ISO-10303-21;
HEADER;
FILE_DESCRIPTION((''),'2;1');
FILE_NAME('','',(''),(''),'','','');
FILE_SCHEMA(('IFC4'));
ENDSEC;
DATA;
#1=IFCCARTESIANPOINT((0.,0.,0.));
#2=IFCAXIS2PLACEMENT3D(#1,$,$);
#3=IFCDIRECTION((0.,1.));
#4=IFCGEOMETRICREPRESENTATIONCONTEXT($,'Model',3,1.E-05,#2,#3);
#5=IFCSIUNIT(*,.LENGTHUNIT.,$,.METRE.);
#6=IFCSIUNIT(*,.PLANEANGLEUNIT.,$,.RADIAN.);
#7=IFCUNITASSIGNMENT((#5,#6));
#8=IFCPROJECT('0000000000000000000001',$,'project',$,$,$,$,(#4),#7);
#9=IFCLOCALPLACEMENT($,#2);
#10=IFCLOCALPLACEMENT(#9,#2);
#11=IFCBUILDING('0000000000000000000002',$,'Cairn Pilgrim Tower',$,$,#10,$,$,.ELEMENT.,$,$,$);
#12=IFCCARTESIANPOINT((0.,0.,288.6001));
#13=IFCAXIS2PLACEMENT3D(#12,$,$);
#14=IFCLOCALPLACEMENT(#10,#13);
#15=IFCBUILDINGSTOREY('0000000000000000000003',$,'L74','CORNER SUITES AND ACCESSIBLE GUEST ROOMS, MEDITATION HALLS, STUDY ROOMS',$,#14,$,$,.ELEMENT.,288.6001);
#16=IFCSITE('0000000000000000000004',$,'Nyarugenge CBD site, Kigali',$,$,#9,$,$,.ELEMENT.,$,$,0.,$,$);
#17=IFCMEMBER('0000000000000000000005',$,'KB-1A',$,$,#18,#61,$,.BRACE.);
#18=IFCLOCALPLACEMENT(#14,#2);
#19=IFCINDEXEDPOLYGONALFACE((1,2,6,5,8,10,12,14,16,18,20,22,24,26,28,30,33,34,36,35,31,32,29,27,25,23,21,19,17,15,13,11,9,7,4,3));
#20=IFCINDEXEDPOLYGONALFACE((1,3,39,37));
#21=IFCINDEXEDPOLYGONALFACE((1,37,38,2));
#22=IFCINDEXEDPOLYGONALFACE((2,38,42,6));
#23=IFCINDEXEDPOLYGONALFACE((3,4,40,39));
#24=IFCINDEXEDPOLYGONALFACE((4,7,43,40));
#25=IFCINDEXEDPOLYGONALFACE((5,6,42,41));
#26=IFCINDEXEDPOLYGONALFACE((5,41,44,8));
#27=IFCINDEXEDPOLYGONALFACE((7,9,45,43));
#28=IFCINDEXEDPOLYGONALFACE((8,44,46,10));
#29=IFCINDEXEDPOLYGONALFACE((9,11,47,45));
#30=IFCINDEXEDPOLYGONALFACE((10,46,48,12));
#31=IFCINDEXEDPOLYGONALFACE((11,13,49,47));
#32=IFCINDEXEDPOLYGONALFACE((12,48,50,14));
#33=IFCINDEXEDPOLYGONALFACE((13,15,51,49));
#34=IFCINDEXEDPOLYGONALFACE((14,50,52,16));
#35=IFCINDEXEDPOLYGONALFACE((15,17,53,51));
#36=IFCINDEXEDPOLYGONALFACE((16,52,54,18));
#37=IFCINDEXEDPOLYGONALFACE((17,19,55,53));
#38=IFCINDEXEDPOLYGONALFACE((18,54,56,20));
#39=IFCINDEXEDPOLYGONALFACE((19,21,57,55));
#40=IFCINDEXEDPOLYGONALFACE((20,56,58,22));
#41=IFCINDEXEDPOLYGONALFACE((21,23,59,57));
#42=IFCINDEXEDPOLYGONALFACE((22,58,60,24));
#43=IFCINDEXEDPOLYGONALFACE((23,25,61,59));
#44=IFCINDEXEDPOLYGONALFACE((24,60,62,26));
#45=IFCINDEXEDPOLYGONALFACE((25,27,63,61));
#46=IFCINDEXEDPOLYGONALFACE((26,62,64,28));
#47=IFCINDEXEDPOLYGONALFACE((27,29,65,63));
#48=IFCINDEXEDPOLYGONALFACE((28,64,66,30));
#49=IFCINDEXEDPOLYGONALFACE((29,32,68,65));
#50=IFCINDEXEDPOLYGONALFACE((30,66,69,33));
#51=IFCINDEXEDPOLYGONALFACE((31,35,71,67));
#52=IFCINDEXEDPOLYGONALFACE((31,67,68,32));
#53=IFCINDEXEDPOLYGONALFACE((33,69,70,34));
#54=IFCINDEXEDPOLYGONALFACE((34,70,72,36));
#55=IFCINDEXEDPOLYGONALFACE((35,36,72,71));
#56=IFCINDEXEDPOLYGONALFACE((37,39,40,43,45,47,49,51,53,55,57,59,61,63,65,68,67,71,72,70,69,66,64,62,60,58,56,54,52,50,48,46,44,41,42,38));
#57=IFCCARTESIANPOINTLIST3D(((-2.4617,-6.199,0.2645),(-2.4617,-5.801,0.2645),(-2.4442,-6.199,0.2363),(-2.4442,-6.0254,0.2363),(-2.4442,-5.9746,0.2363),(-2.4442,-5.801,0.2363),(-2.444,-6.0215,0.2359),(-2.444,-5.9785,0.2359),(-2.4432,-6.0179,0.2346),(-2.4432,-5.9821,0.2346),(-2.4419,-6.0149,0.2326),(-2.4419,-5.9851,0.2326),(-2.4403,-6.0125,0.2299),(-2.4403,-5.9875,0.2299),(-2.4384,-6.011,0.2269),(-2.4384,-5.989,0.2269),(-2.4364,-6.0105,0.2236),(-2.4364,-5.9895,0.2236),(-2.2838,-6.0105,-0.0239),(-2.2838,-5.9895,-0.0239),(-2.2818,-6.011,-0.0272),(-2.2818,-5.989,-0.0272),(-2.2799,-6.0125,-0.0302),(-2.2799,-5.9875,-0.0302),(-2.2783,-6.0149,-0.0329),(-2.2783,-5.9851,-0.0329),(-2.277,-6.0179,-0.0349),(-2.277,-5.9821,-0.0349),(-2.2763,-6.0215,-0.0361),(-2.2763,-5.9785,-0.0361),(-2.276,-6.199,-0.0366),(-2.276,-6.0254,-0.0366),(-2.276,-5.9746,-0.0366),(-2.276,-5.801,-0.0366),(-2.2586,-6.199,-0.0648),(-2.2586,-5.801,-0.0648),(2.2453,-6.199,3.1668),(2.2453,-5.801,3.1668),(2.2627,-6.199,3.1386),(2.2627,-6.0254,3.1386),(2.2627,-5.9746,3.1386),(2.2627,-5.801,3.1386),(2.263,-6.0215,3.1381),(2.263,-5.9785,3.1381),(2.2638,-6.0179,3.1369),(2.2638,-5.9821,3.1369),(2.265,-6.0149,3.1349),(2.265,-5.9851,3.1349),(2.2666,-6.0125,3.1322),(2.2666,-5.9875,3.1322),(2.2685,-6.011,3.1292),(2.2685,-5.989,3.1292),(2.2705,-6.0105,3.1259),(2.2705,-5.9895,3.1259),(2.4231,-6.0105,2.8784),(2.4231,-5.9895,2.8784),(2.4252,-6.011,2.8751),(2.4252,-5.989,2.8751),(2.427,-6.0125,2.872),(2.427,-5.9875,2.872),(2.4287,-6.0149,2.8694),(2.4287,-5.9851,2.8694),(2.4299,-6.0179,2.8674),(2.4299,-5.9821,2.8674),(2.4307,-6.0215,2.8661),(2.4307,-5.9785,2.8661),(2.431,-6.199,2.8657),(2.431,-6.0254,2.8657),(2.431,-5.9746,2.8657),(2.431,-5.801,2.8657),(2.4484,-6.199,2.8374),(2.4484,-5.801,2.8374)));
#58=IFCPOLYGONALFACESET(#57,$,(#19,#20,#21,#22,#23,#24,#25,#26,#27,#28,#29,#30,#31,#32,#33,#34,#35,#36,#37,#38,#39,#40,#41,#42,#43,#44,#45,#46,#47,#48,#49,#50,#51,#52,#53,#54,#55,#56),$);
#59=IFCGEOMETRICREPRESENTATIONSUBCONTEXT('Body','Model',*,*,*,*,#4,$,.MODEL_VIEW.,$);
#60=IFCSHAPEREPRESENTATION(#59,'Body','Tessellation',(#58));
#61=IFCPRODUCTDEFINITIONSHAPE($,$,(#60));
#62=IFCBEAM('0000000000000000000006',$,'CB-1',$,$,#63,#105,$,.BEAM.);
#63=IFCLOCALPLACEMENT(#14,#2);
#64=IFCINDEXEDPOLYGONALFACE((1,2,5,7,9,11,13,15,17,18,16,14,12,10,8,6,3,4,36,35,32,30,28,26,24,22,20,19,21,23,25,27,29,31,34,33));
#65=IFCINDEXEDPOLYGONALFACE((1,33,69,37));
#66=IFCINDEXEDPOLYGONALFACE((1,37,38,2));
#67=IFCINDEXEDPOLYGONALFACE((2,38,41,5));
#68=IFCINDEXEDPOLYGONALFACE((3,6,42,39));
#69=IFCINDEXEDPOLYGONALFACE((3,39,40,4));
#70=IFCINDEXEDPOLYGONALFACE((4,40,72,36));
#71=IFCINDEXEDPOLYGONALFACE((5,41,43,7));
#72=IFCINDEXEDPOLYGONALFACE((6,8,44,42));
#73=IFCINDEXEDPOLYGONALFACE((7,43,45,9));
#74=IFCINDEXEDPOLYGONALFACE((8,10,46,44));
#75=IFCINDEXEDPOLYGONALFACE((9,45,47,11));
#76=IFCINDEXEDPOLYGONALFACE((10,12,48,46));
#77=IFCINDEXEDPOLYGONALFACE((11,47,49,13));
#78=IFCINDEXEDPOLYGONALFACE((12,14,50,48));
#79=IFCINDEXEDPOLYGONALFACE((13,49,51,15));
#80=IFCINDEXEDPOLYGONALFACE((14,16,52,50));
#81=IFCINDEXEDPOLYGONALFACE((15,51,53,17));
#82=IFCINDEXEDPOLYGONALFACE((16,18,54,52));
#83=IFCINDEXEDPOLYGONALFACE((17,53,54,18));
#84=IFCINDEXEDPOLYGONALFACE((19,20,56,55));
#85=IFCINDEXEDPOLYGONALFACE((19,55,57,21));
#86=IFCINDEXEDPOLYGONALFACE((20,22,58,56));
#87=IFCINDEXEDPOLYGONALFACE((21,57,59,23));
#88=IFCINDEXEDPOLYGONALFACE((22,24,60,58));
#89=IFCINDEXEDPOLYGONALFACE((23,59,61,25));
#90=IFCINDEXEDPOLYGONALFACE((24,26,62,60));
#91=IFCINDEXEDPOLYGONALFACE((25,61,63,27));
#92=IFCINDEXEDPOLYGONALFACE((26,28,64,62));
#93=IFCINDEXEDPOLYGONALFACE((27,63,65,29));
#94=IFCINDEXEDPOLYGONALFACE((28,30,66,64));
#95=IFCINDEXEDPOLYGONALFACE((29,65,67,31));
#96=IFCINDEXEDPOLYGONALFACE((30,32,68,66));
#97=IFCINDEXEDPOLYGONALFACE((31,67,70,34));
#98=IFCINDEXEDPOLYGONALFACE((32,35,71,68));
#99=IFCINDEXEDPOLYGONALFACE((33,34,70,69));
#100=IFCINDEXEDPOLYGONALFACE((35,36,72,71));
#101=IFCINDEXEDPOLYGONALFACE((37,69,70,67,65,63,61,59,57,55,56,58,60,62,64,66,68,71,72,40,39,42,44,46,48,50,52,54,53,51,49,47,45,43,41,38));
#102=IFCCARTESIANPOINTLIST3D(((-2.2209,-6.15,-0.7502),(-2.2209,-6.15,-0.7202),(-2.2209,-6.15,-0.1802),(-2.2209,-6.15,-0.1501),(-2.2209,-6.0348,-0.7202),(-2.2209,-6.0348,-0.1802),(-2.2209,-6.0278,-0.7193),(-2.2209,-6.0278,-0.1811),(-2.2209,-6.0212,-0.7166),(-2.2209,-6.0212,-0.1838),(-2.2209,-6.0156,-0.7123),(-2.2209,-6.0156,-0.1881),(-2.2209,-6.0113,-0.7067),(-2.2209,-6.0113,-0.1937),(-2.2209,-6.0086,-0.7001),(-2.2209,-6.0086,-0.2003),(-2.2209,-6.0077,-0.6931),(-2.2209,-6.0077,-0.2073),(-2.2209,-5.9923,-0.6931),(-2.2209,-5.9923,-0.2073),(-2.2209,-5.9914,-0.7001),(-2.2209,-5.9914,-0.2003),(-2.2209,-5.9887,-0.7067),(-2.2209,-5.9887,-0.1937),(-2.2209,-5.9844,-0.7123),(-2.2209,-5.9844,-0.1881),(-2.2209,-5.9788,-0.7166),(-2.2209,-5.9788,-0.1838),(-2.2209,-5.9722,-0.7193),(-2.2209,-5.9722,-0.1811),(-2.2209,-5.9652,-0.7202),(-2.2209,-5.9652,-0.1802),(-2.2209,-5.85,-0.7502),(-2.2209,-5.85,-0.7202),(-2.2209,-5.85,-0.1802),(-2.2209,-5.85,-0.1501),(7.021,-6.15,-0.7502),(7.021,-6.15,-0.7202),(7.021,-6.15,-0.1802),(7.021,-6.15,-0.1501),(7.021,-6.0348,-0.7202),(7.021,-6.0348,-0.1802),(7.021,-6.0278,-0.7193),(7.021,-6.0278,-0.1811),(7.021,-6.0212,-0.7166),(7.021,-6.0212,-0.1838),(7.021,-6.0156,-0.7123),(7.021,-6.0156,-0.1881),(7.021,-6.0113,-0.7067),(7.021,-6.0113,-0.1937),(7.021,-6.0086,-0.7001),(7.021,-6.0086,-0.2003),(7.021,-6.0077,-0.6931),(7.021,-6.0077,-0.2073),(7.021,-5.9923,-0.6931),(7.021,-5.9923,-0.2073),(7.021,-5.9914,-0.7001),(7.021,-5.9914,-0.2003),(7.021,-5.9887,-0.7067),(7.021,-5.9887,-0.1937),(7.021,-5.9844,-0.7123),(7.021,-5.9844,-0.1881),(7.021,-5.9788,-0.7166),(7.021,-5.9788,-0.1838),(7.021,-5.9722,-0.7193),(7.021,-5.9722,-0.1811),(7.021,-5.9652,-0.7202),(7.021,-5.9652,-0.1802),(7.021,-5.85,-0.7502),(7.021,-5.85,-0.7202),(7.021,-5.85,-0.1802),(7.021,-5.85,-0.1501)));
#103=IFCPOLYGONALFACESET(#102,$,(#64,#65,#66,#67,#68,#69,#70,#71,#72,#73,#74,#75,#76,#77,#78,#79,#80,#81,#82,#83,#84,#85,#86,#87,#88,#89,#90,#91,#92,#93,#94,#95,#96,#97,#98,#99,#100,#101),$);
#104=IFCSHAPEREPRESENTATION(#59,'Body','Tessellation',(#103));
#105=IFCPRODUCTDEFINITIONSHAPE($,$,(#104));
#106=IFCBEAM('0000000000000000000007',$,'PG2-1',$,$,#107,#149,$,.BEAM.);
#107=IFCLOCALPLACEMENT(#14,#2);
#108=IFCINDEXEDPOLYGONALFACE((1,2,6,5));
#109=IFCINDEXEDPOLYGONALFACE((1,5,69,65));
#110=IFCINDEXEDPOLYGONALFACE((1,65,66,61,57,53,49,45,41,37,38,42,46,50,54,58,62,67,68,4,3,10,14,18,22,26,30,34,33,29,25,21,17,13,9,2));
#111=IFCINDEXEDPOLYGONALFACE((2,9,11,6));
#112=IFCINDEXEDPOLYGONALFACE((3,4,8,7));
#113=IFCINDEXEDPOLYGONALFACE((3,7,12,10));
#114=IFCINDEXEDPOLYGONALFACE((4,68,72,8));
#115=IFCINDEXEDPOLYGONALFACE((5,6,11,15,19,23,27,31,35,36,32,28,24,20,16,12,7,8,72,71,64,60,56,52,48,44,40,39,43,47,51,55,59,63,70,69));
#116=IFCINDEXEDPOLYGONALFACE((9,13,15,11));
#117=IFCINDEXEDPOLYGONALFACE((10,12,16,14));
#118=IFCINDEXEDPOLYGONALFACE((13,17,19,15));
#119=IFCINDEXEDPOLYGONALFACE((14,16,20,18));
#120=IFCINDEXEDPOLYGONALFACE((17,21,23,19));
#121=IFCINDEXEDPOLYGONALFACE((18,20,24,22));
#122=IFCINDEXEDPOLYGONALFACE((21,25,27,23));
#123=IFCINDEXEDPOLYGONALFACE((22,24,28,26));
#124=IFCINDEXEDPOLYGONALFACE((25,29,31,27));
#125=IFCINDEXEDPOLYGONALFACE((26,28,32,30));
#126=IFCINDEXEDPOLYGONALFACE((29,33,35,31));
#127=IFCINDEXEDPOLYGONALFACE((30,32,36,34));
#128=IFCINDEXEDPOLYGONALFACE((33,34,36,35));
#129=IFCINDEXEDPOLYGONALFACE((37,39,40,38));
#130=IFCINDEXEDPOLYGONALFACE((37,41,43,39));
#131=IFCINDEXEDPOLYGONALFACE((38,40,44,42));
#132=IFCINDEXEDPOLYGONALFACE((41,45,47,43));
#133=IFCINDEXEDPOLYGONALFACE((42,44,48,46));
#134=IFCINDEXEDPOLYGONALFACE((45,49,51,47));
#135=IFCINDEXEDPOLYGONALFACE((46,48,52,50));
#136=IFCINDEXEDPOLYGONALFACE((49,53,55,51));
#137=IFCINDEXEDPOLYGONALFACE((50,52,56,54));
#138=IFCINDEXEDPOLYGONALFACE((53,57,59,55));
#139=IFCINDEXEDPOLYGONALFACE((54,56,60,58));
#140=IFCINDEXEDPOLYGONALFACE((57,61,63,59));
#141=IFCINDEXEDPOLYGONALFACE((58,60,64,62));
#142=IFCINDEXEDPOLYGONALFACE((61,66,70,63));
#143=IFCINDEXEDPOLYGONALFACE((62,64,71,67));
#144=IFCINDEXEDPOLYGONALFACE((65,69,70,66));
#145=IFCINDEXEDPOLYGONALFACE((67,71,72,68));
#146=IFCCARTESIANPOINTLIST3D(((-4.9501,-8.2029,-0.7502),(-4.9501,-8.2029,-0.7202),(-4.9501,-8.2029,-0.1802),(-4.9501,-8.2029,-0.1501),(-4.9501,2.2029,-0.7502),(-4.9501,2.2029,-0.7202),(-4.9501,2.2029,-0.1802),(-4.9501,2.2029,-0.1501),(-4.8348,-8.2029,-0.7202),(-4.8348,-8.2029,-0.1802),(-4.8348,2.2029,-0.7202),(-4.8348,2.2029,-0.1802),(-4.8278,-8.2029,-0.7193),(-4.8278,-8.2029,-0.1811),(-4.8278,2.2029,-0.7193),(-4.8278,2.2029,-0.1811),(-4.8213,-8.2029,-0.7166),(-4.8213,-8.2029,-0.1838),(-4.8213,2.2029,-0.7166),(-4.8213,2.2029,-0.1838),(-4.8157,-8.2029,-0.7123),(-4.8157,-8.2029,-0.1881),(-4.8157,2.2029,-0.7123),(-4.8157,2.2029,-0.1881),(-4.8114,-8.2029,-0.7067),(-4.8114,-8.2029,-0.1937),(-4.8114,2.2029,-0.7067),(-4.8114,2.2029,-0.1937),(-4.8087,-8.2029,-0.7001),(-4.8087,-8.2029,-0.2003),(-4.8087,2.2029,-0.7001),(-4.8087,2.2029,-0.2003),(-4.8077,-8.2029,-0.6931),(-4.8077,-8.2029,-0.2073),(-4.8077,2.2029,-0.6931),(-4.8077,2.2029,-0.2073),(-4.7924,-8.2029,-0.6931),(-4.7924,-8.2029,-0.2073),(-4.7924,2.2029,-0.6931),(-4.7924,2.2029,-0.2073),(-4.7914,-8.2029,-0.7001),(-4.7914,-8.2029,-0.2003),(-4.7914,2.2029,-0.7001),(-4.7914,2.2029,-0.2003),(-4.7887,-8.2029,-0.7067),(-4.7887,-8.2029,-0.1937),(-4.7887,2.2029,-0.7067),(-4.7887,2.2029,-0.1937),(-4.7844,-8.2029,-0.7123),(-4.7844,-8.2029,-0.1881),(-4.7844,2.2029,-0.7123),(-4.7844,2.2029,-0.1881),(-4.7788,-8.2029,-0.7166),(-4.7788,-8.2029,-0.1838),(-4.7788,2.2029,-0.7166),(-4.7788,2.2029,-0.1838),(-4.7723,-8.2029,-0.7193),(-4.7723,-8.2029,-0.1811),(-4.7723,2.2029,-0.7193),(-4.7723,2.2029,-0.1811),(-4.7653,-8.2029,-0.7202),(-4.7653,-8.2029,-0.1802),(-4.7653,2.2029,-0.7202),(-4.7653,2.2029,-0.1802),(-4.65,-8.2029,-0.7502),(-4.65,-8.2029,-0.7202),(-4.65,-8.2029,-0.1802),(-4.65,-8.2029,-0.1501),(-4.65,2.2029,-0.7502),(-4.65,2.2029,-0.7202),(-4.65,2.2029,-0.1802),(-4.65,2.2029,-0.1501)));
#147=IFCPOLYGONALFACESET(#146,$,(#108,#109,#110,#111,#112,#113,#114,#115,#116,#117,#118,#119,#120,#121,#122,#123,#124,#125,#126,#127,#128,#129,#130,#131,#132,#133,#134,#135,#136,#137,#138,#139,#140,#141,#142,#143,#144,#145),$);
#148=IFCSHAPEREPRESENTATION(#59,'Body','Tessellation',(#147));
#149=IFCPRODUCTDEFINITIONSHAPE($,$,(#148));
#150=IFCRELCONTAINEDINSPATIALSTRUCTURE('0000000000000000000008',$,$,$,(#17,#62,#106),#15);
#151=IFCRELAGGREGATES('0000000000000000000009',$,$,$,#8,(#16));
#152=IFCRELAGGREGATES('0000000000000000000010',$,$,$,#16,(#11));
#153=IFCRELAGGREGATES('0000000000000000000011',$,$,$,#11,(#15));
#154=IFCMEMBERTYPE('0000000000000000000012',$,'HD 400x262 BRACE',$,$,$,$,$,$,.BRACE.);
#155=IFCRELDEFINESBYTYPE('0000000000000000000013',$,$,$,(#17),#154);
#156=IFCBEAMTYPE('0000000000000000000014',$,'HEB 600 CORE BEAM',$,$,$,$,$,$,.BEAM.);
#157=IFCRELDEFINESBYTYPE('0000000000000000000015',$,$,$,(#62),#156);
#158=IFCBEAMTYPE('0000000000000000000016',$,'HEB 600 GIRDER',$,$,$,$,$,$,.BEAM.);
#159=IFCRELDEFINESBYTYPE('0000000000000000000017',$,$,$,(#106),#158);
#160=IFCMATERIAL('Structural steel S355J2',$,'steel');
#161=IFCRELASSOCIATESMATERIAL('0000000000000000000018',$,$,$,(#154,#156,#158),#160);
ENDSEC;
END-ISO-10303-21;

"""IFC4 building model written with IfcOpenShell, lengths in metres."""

from ifc_helpers import new_model, si_unit, direction, frame, origin, origin_2d, place, context, subcontext, project, spatial, i_section, extrude, material, material_profile, profile_set, type_object, element, save


model = new_model("IFC4")

# Units and contexts
model_context = context("Model", 3, precision=1e-05, world=origin(), true_north=direction((0.0, 1.0)))
body_context = subcontext(model_context, "Body", "Model", "MODEL_VIEW")
ifc_project = project(units=[si_unit("LENGTHUNIT", "METRE"), si_unit("PLANEANGLEUNIT", "RADIAN")], contexts=[model_context])

# Site, building, storey
site_placement = place(None, origin())
site = spatial("IfcSite", under=ifc_project, at=site_placement, Name="Nyarugenge CBD site, Kigali", CompositionType="ELEMENT", RefElevation=0.0)
building_placement = place(site_placement, origin())
building = spatial("IfcBuilding", under=site, at=building_placement, Name="Cairn Pilgrim Tower", CompositionType="ELEMENT")
storey_placement = place(building_placement, frame((0.0, 0.0, 288.6001)))
storey = spatial("IfcBuildingStorey", under=building, at=storey_placement, Name="L74", Description="CORNER SUITES AND ACCESSIBLE GUEST ROOMS, MEDITATION HALLS, STUDY ROOMS", CompositionType="ELEMENT", Elevation=288.6001)

# Shared definitions
ifc_material_1 = material(Name="Structural steel S355J2", Category="steel")

# Member
ifc_material_profile_1 = material_profile(ifc_material_1, i_section(OverallWidth=0.3979, OverallDepth=0.387, WebThickness=0.021, FlangeThickness=0.0332, FilletRadius=0.0149, at=origin_2d()), Name="HD 400x262")
ifc_profile_set_1 = profile_set([ifc_material_profile_1], Name="Structural steel S355J2")
member_type_1 = type_object("IfcMemberType", Name="HD 400x262 BRACE", PredefinedType="BRACE", material=ifc_profile_set_1)
member_1_placement = place(storey_placement, frame((-2.3601, -6.0, 0.0999), z_axis=(0.851197, 0.0, 0.524846), x_axis=(0.0, 1.0, 0.0)))
element("IfcMember", 1, at=member_1_placement, inside=storey, type_object=member_type_1, Name="KB-1A", PredefinedType="BRACE", context=body_context, shape_type="SweptSolid", body=[
    extrude(i_section(OverallWidth=0.3979, OverallDepth=0.387, WebThickness=0.021, FlangeThickness=0.0332, FilletRadius=0.0149, at=origin_2d()), origin(), (0.0, 0.0, 1.0), 5.5298),
])

# Beams
ifc_material_profile_2 = material_profile(ifc_material_1, i_section(OverallWidth=0.3, OverallDepth=0.6001, WebThickness=0.0154, FlangeThickness=0.03, FilletRadius=0.0271, at=origin_2d()), Name="HEB 600")
ifc_profile_set_2 = profile_set([ifc_material_profile_2], Name="Structural steel S355J2")
beam_type_1 = type_object("IfcBeamType", Name="HEB 600 CORE BEAM", PredefinedType="BEAM", material=ifc_profile_set_2)
beam_1_placement = place(storey_placement, frame((-2.2209, -6.0, -0.4502), z_axis=(1.0, 0.0, 0.0), x_axis=(0.0, 1.0, 0.0)))
element("IfcBeam", 2, at=beam_1_placement, inside=storey, type_object=beam_type_1, Name="CB-1", PredefinedType="BEAM", context=body_context, shape_type="SweptSolid", body=[
    extrude(i_section(OverallWidth=0.3, OverallDepth=0.6001, WebThickness=0.0154, FlangeThickness=0.03, FilletRadius=0.0271, at=origin_2d()), origin(), (0.0, 0.0, 1.0), 9.2419),
])
ifc_material_profile_3 = material_profile(ifc_material_1, i_section(OverallWidth=0.3, OverallDepth=0.6001, WebThickness=0.0154, FlangeThickness=0.03, FilletRadius=0.0271, at=origin_2d()), Name="HEB 600")
ifc_profile_set_3 = profile_set([ifc_material_profile_3], Name="Structural steel S355J2")
beam_type_2 = type_object("IfcBeamType", Name="HEB 600 GIRDER", PredefinedType="BEAM", material=ifc_profile_set_3)
beam_2_placement = place(storey_placement, frame((-4.8, -8.2029, -0.4502), z_axis=(0.0, 1.0, 0.0), x_axis=(-1.0, 0.0, 0.0)))
element("IfcBeam", 3, at=beam_2_placement, inside=storey, type_object=beam_type_2, Name="PG2-1", PredefinedType="BEAM", context=body_context, shape_type="SweptSolid", body=[
    extrude(i_section(OverallWidth=0.3, OverallDepth=0.6001, WebThickness=0.0154, FlangeThickness=0.03, FilletRadius=0.0271, at=origin_2d()), origin(), (0.0, 0.0, 1.0), 10.4058),
])

save(model, "model.ifc")
